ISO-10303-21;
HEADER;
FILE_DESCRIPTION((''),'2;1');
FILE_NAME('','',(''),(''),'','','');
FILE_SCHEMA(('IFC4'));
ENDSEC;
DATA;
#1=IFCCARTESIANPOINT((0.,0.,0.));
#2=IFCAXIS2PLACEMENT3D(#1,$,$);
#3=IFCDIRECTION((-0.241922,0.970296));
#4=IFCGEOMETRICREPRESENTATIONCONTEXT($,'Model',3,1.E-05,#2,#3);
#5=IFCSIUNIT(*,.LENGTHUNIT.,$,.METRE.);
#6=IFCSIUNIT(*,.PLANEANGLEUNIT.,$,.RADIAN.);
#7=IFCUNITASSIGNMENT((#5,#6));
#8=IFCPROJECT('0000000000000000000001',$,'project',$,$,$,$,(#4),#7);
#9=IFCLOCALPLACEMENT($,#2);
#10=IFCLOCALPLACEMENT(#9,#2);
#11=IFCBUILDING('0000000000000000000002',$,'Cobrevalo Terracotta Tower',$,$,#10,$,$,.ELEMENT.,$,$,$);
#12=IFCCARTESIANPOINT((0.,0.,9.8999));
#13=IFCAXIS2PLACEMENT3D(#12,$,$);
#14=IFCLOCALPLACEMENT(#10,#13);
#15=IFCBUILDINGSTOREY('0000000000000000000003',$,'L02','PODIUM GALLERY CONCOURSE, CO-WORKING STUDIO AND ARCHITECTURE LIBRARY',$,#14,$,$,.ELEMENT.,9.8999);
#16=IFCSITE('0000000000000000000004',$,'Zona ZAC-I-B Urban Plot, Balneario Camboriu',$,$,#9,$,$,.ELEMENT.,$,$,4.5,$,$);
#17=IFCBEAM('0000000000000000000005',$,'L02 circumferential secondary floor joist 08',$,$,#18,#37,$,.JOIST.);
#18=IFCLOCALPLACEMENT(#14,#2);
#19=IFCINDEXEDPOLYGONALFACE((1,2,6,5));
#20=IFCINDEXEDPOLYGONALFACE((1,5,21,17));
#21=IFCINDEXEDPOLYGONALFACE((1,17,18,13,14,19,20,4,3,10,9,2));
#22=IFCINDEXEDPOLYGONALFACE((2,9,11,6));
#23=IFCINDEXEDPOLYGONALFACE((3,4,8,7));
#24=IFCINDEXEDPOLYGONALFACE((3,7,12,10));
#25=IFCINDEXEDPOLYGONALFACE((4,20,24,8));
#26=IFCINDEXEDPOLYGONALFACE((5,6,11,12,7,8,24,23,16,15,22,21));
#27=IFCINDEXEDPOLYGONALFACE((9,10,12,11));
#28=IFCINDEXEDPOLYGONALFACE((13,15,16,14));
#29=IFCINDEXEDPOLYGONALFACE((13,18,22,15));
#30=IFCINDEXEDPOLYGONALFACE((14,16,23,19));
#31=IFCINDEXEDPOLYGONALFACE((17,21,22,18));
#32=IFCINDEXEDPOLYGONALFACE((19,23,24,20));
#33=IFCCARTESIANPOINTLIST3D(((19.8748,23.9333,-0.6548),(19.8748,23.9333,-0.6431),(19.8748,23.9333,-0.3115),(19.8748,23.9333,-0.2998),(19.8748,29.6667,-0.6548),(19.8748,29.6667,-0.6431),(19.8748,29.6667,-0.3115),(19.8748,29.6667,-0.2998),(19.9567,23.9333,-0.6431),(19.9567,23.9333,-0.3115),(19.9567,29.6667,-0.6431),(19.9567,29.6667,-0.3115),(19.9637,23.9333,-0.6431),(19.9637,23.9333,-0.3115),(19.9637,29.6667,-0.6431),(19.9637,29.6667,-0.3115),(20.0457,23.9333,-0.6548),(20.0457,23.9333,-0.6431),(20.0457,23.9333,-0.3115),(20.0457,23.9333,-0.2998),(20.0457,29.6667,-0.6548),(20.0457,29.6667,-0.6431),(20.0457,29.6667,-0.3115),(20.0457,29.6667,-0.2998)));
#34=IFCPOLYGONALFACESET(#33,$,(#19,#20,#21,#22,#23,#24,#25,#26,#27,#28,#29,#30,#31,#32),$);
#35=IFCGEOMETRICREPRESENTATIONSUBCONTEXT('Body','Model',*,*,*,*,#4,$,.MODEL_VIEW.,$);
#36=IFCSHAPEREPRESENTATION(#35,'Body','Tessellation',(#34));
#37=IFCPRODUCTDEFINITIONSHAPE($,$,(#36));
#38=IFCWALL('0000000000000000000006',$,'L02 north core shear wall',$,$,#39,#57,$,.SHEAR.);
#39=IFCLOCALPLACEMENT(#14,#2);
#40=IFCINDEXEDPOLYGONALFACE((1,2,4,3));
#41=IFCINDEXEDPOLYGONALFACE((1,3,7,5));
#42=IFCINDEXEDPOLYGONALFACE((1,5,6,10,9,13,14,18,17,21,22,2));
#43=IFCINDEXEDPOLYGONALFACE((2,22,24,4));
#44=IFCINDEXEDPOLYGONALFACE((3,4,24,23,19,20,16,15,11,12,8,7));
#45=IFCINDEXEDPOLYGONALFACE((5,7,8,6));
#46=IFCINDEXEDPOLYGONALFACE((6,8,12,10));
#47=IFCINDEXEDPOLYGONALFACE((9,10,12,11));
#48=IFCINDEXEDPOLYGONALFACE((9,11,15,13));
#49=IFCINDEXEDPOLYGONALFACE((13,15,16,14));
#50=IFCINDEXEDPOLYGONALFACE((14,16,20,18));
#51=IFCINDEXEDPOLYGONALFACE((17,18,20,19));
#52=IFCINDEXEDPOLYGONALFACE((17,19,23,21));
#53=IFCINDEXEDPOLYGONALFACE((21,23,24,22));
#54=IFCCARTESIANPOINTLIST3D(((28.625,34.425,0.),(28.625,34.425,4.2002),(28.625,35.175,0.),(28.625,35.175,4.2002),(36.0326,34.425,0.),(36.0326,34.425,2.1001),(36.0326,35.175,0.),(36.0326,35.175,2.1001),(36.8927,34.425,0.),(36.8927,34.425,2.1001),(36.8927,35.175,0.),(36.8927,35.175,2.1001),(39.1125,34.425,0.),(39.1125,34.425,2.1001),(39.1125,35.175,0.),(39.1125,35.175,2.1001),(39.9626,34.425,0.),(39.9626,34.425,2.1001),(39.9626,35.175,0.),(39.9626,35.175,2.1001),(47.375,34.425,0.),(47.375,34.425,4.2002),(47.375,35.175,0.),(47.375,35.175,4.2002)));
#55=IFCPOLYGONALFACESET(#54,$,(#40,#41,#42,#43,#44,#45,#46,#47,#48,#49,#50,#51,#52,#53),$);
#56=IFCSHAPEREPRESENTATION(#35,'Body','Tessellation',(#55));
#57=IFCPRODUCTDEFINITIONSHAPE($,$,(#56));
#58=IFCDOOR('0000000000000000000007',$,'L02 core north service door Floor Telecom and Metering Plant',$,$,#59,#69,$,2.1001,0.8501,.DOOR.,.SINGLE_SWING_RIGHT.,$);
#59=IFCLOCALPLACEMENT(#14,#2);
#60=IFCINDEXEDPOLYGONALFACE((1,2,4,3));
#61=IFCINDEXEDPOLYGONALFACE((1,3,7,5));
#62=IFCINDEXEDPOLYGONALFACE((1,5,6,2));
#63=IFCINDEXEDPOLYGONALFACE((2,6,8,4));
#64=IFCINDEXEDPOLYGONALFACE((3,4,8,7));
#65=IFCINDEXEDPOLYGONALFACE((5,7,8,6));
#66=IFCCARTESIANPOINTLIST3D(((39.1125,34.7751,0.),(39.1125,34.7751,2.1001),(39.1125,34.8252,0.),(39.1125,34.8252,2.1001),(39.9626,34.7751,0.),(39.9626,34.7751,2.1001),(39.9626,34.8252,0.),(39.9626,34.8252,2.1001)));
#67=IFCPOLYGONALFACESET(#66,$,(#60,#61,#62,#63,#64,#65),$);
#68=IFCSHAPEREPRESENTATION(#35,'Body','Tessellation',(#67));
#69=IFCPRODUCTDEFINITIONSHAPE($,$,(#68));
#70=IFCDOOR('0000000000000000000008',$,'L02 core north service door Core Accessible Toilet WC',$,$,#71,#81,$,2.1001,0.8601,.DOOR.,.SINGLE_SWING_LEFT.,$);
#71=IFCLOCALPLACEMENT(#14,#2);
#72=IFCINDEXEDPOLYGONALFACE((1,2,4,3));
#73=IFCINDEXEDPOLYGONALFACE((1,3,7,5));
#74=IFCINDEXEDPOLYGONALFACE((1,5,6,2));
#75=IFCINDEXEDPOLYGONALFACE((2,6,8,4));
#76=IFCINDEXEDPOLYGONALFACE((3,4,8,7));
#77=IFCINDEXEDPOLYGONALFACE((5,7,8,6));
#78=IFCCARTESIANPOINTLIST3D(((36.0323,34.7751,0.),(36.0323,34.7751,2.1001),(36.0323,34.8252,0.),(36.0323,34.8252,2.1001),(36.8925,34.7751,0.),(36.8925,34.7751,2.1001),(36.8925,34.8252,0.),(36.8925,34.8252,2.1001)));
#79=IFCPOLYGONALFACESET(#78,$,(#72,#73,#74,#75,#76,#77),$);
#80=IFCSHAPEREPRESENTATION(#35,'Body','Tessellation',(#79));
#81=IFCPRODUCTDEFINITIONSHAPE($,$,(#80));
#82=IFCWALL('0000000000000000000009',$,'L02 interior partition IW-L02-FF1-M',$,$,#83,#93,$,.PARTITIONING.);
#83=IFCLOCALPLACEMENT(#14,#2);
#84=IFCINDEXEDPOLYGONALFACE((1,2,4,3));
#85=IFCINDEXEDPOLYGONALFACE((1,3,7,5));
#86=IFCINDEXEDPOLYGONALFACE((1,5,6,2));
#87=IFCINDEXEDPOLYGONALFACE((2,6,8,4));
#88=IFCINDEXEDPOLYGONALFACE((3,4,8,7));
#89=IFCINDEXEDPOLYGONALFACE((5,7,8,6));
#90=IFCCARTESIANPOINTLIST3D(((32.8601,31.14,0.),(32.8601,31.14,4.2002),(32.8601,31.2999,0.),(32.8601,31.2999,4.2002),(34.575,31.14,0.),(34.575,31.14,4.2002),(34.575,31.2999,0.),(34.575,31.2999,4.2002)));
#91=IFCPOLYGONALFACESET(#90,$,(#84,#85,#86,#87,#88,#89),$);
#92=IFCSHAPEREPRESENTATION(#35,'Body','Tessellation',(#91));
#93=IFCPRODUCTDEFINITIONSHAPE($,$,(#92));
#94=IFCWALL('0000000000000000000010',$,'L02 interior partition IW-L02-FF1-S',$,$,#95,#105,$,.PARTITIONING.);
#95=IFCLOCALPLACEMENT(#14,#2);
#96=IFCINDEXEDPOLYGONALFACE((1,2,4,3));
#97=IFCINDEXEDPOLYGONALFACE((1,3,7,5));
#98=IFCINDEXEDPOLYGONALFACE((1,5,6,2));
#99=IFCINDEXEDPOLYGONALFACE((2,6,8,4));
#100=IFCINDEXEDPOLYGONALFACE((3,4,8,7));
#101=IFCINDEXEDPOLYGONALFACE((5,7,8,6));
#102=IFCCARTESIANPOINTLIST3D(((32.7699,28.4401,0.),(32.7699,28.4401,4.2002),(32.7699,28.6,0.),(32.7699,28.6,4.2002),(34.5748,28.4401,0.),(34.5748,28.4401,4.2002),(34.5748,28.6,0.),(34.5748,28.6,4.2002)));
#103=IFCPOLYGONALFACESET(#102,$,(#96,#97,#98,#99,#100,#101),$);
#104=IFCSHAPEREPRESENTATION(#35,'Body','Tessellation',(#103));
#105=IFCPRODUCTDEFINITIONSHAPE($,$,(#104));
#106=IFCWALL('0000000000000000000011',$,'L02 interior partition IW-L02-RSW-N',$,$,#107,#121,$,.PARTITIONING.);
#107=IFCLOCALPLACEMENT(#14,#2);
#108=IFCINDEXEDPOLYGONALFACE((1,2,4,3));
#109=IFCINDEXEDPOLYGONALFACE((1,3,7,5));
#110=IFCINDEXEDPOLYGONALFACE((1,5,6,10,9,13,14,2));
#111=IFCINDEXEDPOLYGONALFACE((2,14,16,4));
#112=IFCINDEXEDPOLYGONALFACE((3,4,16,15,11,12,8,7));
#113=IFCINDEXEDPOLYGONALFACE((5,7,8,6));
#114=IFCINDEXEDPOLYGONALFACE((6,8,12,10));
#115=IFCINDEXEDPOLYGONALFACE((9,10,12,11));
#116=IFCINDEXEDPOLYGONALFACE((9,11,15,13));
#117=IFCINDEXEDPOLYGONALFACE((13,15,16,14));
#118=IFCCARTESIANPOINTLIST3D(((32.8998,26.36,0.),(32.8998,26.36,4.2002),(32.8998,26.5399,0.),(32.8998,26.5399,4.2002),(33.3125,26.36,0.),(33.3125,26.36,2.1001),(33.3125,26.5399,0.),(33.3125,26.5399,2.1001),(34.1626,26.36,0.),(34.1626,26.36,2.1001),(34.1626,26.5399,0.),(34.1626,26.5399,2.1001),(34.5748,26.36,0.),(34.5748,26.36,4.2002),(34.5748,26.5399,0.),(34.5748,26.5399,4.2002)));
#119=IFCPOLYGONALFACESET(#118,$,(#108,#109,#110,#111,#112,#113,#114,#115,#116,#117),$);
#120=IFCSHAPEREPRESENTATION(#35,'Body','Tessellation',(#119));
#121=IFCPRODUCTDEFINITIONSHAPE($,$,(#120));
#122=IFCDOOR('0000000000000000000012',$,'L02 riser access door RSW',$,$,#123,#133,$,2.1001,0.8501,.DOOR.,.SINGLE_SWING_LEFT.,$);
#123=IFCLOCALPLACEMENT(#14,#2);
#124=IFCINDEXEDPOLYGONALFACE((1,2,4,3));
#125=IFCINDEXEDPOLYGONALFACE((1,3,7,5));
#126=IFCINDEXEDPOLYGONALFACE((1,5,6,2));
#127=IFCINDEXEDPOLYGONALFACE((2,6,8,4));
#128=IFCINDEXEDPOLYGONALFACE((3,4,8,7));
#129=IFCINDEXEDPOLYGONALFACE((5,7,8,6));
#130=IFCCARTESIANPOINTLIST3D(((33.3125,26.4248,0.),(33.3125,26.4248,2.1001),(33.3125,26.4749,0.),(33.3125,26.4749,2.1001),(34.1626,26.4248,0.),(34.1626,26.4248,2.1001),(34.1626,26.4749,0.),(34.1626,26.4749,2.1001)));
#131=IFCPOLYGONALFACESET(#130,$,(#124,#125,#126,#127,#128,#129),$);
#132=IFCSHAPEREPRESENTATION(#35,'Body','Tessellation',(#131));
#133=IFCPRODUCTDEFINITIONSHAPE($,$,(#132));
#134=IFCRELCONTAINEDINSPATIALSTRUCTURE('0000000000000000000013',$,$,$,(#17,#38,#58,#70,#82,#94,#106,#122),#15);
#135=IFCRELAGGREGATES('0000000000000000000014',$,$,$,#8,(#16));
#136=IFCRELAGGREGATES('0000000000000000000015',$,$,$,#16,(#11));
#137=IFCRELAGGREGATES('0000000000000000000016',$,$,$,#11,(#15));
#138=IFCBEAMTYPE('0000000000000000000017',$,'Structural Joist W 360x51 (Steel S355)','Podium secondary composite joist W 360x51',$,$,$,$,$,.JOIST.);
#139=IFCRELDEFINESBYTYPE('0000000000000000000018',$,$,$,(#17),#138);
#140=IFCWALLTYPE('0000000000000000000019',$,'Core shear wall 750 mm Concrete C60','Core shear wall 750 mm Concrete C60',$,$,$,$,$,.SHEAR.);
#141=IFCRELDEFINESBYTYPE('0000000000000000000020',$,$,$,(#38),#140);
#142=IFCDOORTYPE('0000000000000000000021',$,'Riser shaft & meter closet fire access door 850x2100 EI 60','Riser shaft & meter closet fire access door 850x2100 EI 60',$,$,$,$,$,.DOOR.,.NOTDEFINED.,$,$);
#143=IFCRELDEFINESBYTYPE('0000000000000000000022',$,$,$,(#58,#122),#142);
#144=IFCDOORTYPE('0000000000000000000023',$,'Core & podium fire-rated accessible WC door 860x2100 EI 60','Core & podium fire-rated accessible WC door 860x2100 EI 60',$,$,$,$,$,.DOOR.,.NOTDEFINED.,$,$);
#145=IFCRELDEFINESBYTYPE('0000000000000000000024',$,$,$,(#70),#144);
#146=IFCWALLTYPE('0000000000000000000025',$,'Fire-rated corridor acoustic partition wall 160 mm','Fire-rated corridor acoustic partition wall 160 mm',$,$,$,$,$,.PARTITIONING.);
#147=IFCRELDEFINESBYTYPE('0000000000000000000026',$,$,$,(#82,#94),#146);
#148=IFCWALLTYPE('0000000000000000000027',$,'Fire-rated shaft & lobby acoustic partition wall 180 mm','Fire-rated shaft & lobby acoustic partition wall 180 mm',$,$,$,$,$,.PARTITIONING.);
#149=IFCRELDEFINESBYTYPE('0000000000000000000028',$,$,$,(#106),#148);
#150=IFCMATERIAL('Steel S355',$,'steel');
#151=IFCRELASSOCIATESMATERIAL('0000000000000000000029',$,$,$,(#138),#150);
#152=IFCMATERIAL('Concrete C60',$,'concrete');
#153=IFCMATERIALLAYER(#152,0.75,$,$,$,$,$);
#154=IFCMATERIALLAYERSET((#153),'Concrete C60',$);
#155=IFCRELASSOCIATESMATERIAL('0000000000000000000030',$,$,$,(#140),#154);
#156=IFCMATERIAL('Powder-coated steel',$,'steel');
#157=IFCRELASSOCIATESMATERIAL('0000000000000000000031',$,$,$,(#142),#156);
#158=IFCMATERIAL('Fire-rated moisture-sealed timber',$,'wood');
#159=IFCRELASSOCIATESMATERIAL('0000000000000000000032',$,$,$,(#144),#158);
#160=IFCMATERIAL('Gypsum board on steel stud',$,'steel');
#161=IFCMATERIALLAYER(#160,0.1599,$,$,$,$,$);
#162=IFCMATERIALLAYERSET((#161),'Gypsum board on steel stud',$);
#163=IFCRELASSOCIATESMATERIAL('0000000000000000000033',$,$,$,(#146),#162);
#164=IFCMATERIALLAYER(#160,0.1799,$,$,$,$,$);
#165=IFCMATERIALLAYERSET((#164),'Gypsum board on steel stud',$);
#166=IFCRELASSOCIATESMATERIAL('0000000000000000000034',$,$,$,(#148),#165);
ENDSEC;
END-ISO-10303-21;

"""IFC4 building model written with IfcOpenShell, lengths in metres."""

from ifc_helpers import new_model, si_unit, direction, frame, frame_2d, origin, origin_2d, place, context, subcontext, project, spatial, rectangle, i_section, extrude, source, transform, mapped, material, layer, layer_set, material_profile, profile_set, type_object, element, fill, save


model = new_model("IFC4")

# Units and contexts
model_context = context("Model", 3, precision=1e-05, world=origin(), true_north=direction((-0.241922, 0.970296)))
body_context = subcontext(model_context, "Body", "Model", "MODEL_VIEW")
ifc_project = project(units=[si_unit("LENGTHUNIT", "METRE"), si_unit("PLANEANGLEUNIT", "RADIAN")], contexts=[model_context])

# Site, building, storey
site_placement = place(None, origin())
site = spatial("IfcSite", under=ifc_project, at=site_placement, Name="Zona ZAC-I-B Urban Plot, Balneario Camboriu", CompositionType="ELEMENT", RefElevation=4.5)
building_placement = place(site_placement, origin())
building = spatial("IfcBuilding", under=site, at=building_placement, Name="Cobrevalo Terracotta Tower", CompositionType="ELEMENT")
storey_placement = place(building_placement, frame((0.0, 0.0, 9.8999)))
storey = spatial("IfcBuildingStorey", under=building, at=storey_placement, Name="L02", Description="PODIUM GALLERY CONCOURSE, CO-WORKING STUDIO AND ARCHITECTURE LIBRARY", CompositionType="ELEMENT", Elevation=9.8999)

# Shared definitions
ifc_material_1 = material(Name="Steel S355", Category="steel")
ifc_material_2 = material(Name="Concrete C60", Category="concrete")

# Beam
ifc_material_profile_1 = material_profile(ifc_material_1, i_section(OverallWidth=0.1709, OverallDepth=0.355, WebThickness=0.0071, FlangeThickness=0.0117, at=origin_2d()), Name="W 360x51")
ifc_profile_set_1 = profile_set([ifc_material_profile_1], Name="Steel S355")
beam_type = type_object("IfcBeamType", Name="Structural Joist W 360x51 (Steel S355)", Description="Podium secondary composite joist W 360x51", PredefinedType="JOIST", material=ifc_profile_set_1)
beam_1_placement = place(storey_placement, frame((19.9602, 29.6667, -0.4773), z_axis=(0.0, -1.0, 0.0), x_axis=(1.0, 0.0, 0.0)))
element("IfcBeam", 1, at=beam_1_placement, inside=storey, type_object=beam_type, Name="L02 circumferential secondary floor joist 08", PredefinedType="JOIST", context=body_context, shape_type="SweptSolid", body=[
    extrude(i_section(OverallWidth=0.1709, OverallDepth=0.355, WebThickness=0.0071, FlangeThickness=0.0117, at=origin_2d()), origin(), (0.0, 0.0, 1.0), 5.7334),
])

# Wall, openings, doors
ifc_layer_1 = layer(ifc_material_2, 0.75)
ifc_layer_set_1 = layer_set([ifc_layer_1], Name="Concrete C60")
wall_type_1 = type_object("IfcWallType", Name="Core shear wall 750 mm Concrete C60", Description="Core shear wall 750 mm Concrete C60", PredefinedType="SHEAR", material=ifc_layer_set_1)
wall_1_placement = place(storey_placement, frame((28.625, 34.8, 0.0), z_axis=(0.0, 0.0, 1.0), x_axis=(1.0, 0.0, 0.0)))
wall_1 = element("IfcWall", 2, at=wall_1_placement, inside=storey, type_object=wall_type_1, Name="L02 north core shear wall", PredefinedType="SHEAR", context=body_context, shape_type="SweptSolid", body=[
    extrude(rectangle(XDim=18.75, YDim=0.75, at=frame_2d((9.375, 0.0))), origin(), (0.0, 0.0, 1.0), 4.2002),
])
opening_1_placement = place(wall_1_placement, frame((7.4075, 0.0, 0.0)))
opening_1 = element("IfcOpeningElement", 3, at=opening_1_placement, cuts=wall_1, PredefinedType="OPENING", context=body_context, shape_type="SweptSolid", body=[
    extrude(rectangle(XDim=0.8601, YDim=2.1001, at=frame_2d((0.4302, 1.05))), frame((0.0, 0.385, 0.0), z_axis=(0.0, -1.0, 0.0), x_axis=(1.0, 0.0, 0.0)), (0.0, 0.0, 1.0), 0.77),
])
opening_2_placement = place(wall_1_placement, frame((10.4875, 0.0, 0.0)))
opening_2 = element("IfcOpeningElement", 4, at=opening_2_placement, cuts=wall_1, PredefinedType="OPENING", context=body_context, shape_type="SweptSolid", body=[
    extrude(rectangle(XDim=0.8501, YDim=2.1001, at=frame_2d((0.425, 1.05))), frame((0.0, 0.385, 0.0), z_axis=(0.0, -1.0, 0.0), x_axis=(1.0, 0.0, 0.0)), (0.0, 0.0, 1.0), 0.77),
])
ifc_material_3 = material(Name="Powder-coated steel", Category="steel")
door_type_1 = type_object("IfcDoorType", Name="Riser shaft & meter closet fire access door 850x2100 EI 60", Description="Riser shaft & meter closet fire access door 850x2100 EI 60", OperationType="NOTDEFINED", PredefinedType="DOOR", material=ifc_material_3)
shared_shape_1 = source(origin(), body_context, "Body", "SweptSolid", [
    extrude(rectangle(XDim=0.8501, YDim=2.1001, at=frame_2d((0.425, 1.05))), frame((0.0, 0.0249, 0.0), z_axis=(0.0, -1.0, 0.0), x_axis=(1.0, 0.0, 0.0)), (0.0, 0.0, 1.0), 0.05),
])
door_1_placement = place(opening_2_placement, frame((0.8501, 0.0, 0.0), z_axis=(0.0, 0.0, 1.0), x_axis=(-1.0, 0.0, 0.0)))
door_1 = element("IfcDoor", 5, at=door_1_placement, inside=storey, type_object=door_type_1, Name="L02 core north service door Floor Telecom and Metering Plant", OperationType="SINGLE_SWING_RIGHT", OverallHeight=2.1001, OverallWidth=0.8501, PredefinedType="DOOR", context=body_context, shape_type="MappedRepresentation", body=[
    mapped(shared_shape_1, transform((0.0, 0.0, 0.0), scale=1.0)),
])
fill(opening_2, door_1)
ifc_material_4 = material(Name="Fire-rated moisture-sealed timber", Category="wood")
door_type_2 = type_object("IfcDoorType", Name="Core & podium fire-rated accessible WC door 860x2100 EI 60", Description="Core & podium fire-rated accessible WC door 860x2100 EI 60", OperationType="NOTDEFINED", PredefinedType="DOOR", material=ifc_material_4)
shared_shape_2 = source(origin(), body_context, "Body", "SweptSolid", [
    extrude(rectangle(XDim=0.8601, YDim=2.1001, at=frame_2d((0.4302, 1.05))), frame((0.0, 0.0249, 0.0), z_axis=(0.0, -1.0, 0.0), x_axis=(1.0, 0.0, 0.0)), (0.0, 0.0, 1.0), 0.05),
])
door_2_placement = place(opening_1_placement, frame((0.8601, 0.0, 0.0), z_axis=(0.0, 0.0, 1.0), x_axis=(-1.0, 0.0, 0.0)))
door_2 = element("IfcDoor", 6, at=door_2_placement, inside=storey, type_object=door_type_2, Name="L02 core north service door Core Accessible Toilet WC", OperationType="SINGLE_SWING_LEFT", OverallHeight=2.1001, OverallWidth=0.8601, PredefinedType="DOOR", context=body_context, shape_type="MappedRepresentation", body=[
    mapped(shared_shape_2, transform((0.0, 0.0, 0.0), scale=1.0)),
])
fill(opening_1, door_2)

# Walls
ifc_material_5 = material(Name="Gypsum board on steel stud", Category="steel")
ifc_layer_2 = layer(ifc_material_5, 0.1599)
ifc_layer_set_2 = layer_set([ifc_layer_2], Name="Gypsum board on steel stud")
wall_type_2 = type_object("IfcWallType", Name="Fire-rated corridor acoustic partition wall 160 mm", Description="Fire-rated corridor acoustic partition wall 160 mm", PredefinedType="PARTITIONING", material=ifc_layer_set_2)
wall_2_placement = place(storey_placement, frame((32.8601, 31.22, 0.0), z_axis=(0.0, 0.0, 1.0), x_axis=(1.0, 0.0, 0.0)))
element("IfcWall", 7, at=wall_2_placement, inside=storey, type_object=wall_type_2, Name="L02 interior partition IW-L02-FF1-M", PredefinedType="PARTITIONING", context=body_context, shape_type="SweptSolid", body=[
    extrude(rectangle(XDim=1.7148, YDim=0.1599, at=frame_2d((0.8574, 0.0))), origin(), (0.0, 0.0, 1.0), 4.2002),
])
wall_3_placement = place(storey_placement, frame((32.77, 28.52, 0.0), z_axis=(0.0, 0.0, 1.0), x_axis=(1.0, 0.0, 0.0)))
element("IfcWall", 8, at=wall_3_placement, inside=storey, type_object=wall_type_2, Name="L02 interior partition IW-L02-FF1-S", PredefinedType="PARTITIONING", context=body_context, shape_type="SweptSolid", body=[
    extrude(rectangle(XDim=1.8049, YDim=0.1599, at=frame_2d((0.9023, 0.0))), origin(), (0.0, 0.0, 1.0), 4.2002),
])

# Wall, opening, door
ifc_layer_3 = layer(ifc_material_5, 0.1799)
ifc_layer_set_3 = layer_set([ifc_layer_3], Name="Gypsum board on steel stud")
wall_type_3 = type_object("IfcWallType", Name="Fire-rated shaft & lobby acoustic partition wall 180 mm", Description="Fire-rated shaft & lobby acoustic partition wall 180 mm", PredefinedType="PARTITIONING", material=ifc_layer_set_3)
wall_4_placement = place(storey_placement, frame((32.8999, 26.45, 0.0), z_axis=(0.0, 0.0, 1.0), x_axis=(1.0, 0.0, 0.0)))
wall_4 = element("IfcWall", 9, at=wall_4_placement, inside=storey, type_object=wall_type_3, Name="L02 interior partition IW-L02-RSW-N", PredefinedType="PARTITIONING", context=body_context, shape_type="SweptSolid", body=[
    extrude(rectangle(XDim=1.675, YDim=0.1799, at=frame_2d((0.8374, 0.0))), origin(), (0.0, 0.0, 1.0), 4.2002),
])
opening_3_placement = place(wall_4_placement, frame((0.4126, 0.0, 0.0)))
opening_3 = element("IfcOpeningElement", 10, at=opening_3_placement, cuts=wall_4, PredefinedType="OPENING", context=body_context, shape_type="SweptSolid", body=[
    extrude(rectangle(XDim=0.8501, YDim=2.1001, at=frame_2d((0.425, 1.05))), frame((0.0, 0.1001, 0.0), z_axis=(0.0, -1.0, 0.0), x_axis=(1.0, 0.0, 0.0)), (0.0, 0.0, 1.0), 0.2),
])
door_3_placement = place(opening_3_placement, origin())
door_3 = element("IfcDoor", 11, at=door_3_placement, inside=storey, type_object=door_type_1, Name="L02 riser access door RSW", OperationType="SINGLE_SWING_LEFT", OverallHeight=2.1001, OverallWidth=0.8501, PredefinedType="DOOR", context=body_context, shape_type="MappedRepresentation", body=[
    mapped(shared_shape_1, transform((0.0, 0.0, 0.0), scale=1.0)),
])
fill(opening_3, door_3)

save(model, "model.ifc")
